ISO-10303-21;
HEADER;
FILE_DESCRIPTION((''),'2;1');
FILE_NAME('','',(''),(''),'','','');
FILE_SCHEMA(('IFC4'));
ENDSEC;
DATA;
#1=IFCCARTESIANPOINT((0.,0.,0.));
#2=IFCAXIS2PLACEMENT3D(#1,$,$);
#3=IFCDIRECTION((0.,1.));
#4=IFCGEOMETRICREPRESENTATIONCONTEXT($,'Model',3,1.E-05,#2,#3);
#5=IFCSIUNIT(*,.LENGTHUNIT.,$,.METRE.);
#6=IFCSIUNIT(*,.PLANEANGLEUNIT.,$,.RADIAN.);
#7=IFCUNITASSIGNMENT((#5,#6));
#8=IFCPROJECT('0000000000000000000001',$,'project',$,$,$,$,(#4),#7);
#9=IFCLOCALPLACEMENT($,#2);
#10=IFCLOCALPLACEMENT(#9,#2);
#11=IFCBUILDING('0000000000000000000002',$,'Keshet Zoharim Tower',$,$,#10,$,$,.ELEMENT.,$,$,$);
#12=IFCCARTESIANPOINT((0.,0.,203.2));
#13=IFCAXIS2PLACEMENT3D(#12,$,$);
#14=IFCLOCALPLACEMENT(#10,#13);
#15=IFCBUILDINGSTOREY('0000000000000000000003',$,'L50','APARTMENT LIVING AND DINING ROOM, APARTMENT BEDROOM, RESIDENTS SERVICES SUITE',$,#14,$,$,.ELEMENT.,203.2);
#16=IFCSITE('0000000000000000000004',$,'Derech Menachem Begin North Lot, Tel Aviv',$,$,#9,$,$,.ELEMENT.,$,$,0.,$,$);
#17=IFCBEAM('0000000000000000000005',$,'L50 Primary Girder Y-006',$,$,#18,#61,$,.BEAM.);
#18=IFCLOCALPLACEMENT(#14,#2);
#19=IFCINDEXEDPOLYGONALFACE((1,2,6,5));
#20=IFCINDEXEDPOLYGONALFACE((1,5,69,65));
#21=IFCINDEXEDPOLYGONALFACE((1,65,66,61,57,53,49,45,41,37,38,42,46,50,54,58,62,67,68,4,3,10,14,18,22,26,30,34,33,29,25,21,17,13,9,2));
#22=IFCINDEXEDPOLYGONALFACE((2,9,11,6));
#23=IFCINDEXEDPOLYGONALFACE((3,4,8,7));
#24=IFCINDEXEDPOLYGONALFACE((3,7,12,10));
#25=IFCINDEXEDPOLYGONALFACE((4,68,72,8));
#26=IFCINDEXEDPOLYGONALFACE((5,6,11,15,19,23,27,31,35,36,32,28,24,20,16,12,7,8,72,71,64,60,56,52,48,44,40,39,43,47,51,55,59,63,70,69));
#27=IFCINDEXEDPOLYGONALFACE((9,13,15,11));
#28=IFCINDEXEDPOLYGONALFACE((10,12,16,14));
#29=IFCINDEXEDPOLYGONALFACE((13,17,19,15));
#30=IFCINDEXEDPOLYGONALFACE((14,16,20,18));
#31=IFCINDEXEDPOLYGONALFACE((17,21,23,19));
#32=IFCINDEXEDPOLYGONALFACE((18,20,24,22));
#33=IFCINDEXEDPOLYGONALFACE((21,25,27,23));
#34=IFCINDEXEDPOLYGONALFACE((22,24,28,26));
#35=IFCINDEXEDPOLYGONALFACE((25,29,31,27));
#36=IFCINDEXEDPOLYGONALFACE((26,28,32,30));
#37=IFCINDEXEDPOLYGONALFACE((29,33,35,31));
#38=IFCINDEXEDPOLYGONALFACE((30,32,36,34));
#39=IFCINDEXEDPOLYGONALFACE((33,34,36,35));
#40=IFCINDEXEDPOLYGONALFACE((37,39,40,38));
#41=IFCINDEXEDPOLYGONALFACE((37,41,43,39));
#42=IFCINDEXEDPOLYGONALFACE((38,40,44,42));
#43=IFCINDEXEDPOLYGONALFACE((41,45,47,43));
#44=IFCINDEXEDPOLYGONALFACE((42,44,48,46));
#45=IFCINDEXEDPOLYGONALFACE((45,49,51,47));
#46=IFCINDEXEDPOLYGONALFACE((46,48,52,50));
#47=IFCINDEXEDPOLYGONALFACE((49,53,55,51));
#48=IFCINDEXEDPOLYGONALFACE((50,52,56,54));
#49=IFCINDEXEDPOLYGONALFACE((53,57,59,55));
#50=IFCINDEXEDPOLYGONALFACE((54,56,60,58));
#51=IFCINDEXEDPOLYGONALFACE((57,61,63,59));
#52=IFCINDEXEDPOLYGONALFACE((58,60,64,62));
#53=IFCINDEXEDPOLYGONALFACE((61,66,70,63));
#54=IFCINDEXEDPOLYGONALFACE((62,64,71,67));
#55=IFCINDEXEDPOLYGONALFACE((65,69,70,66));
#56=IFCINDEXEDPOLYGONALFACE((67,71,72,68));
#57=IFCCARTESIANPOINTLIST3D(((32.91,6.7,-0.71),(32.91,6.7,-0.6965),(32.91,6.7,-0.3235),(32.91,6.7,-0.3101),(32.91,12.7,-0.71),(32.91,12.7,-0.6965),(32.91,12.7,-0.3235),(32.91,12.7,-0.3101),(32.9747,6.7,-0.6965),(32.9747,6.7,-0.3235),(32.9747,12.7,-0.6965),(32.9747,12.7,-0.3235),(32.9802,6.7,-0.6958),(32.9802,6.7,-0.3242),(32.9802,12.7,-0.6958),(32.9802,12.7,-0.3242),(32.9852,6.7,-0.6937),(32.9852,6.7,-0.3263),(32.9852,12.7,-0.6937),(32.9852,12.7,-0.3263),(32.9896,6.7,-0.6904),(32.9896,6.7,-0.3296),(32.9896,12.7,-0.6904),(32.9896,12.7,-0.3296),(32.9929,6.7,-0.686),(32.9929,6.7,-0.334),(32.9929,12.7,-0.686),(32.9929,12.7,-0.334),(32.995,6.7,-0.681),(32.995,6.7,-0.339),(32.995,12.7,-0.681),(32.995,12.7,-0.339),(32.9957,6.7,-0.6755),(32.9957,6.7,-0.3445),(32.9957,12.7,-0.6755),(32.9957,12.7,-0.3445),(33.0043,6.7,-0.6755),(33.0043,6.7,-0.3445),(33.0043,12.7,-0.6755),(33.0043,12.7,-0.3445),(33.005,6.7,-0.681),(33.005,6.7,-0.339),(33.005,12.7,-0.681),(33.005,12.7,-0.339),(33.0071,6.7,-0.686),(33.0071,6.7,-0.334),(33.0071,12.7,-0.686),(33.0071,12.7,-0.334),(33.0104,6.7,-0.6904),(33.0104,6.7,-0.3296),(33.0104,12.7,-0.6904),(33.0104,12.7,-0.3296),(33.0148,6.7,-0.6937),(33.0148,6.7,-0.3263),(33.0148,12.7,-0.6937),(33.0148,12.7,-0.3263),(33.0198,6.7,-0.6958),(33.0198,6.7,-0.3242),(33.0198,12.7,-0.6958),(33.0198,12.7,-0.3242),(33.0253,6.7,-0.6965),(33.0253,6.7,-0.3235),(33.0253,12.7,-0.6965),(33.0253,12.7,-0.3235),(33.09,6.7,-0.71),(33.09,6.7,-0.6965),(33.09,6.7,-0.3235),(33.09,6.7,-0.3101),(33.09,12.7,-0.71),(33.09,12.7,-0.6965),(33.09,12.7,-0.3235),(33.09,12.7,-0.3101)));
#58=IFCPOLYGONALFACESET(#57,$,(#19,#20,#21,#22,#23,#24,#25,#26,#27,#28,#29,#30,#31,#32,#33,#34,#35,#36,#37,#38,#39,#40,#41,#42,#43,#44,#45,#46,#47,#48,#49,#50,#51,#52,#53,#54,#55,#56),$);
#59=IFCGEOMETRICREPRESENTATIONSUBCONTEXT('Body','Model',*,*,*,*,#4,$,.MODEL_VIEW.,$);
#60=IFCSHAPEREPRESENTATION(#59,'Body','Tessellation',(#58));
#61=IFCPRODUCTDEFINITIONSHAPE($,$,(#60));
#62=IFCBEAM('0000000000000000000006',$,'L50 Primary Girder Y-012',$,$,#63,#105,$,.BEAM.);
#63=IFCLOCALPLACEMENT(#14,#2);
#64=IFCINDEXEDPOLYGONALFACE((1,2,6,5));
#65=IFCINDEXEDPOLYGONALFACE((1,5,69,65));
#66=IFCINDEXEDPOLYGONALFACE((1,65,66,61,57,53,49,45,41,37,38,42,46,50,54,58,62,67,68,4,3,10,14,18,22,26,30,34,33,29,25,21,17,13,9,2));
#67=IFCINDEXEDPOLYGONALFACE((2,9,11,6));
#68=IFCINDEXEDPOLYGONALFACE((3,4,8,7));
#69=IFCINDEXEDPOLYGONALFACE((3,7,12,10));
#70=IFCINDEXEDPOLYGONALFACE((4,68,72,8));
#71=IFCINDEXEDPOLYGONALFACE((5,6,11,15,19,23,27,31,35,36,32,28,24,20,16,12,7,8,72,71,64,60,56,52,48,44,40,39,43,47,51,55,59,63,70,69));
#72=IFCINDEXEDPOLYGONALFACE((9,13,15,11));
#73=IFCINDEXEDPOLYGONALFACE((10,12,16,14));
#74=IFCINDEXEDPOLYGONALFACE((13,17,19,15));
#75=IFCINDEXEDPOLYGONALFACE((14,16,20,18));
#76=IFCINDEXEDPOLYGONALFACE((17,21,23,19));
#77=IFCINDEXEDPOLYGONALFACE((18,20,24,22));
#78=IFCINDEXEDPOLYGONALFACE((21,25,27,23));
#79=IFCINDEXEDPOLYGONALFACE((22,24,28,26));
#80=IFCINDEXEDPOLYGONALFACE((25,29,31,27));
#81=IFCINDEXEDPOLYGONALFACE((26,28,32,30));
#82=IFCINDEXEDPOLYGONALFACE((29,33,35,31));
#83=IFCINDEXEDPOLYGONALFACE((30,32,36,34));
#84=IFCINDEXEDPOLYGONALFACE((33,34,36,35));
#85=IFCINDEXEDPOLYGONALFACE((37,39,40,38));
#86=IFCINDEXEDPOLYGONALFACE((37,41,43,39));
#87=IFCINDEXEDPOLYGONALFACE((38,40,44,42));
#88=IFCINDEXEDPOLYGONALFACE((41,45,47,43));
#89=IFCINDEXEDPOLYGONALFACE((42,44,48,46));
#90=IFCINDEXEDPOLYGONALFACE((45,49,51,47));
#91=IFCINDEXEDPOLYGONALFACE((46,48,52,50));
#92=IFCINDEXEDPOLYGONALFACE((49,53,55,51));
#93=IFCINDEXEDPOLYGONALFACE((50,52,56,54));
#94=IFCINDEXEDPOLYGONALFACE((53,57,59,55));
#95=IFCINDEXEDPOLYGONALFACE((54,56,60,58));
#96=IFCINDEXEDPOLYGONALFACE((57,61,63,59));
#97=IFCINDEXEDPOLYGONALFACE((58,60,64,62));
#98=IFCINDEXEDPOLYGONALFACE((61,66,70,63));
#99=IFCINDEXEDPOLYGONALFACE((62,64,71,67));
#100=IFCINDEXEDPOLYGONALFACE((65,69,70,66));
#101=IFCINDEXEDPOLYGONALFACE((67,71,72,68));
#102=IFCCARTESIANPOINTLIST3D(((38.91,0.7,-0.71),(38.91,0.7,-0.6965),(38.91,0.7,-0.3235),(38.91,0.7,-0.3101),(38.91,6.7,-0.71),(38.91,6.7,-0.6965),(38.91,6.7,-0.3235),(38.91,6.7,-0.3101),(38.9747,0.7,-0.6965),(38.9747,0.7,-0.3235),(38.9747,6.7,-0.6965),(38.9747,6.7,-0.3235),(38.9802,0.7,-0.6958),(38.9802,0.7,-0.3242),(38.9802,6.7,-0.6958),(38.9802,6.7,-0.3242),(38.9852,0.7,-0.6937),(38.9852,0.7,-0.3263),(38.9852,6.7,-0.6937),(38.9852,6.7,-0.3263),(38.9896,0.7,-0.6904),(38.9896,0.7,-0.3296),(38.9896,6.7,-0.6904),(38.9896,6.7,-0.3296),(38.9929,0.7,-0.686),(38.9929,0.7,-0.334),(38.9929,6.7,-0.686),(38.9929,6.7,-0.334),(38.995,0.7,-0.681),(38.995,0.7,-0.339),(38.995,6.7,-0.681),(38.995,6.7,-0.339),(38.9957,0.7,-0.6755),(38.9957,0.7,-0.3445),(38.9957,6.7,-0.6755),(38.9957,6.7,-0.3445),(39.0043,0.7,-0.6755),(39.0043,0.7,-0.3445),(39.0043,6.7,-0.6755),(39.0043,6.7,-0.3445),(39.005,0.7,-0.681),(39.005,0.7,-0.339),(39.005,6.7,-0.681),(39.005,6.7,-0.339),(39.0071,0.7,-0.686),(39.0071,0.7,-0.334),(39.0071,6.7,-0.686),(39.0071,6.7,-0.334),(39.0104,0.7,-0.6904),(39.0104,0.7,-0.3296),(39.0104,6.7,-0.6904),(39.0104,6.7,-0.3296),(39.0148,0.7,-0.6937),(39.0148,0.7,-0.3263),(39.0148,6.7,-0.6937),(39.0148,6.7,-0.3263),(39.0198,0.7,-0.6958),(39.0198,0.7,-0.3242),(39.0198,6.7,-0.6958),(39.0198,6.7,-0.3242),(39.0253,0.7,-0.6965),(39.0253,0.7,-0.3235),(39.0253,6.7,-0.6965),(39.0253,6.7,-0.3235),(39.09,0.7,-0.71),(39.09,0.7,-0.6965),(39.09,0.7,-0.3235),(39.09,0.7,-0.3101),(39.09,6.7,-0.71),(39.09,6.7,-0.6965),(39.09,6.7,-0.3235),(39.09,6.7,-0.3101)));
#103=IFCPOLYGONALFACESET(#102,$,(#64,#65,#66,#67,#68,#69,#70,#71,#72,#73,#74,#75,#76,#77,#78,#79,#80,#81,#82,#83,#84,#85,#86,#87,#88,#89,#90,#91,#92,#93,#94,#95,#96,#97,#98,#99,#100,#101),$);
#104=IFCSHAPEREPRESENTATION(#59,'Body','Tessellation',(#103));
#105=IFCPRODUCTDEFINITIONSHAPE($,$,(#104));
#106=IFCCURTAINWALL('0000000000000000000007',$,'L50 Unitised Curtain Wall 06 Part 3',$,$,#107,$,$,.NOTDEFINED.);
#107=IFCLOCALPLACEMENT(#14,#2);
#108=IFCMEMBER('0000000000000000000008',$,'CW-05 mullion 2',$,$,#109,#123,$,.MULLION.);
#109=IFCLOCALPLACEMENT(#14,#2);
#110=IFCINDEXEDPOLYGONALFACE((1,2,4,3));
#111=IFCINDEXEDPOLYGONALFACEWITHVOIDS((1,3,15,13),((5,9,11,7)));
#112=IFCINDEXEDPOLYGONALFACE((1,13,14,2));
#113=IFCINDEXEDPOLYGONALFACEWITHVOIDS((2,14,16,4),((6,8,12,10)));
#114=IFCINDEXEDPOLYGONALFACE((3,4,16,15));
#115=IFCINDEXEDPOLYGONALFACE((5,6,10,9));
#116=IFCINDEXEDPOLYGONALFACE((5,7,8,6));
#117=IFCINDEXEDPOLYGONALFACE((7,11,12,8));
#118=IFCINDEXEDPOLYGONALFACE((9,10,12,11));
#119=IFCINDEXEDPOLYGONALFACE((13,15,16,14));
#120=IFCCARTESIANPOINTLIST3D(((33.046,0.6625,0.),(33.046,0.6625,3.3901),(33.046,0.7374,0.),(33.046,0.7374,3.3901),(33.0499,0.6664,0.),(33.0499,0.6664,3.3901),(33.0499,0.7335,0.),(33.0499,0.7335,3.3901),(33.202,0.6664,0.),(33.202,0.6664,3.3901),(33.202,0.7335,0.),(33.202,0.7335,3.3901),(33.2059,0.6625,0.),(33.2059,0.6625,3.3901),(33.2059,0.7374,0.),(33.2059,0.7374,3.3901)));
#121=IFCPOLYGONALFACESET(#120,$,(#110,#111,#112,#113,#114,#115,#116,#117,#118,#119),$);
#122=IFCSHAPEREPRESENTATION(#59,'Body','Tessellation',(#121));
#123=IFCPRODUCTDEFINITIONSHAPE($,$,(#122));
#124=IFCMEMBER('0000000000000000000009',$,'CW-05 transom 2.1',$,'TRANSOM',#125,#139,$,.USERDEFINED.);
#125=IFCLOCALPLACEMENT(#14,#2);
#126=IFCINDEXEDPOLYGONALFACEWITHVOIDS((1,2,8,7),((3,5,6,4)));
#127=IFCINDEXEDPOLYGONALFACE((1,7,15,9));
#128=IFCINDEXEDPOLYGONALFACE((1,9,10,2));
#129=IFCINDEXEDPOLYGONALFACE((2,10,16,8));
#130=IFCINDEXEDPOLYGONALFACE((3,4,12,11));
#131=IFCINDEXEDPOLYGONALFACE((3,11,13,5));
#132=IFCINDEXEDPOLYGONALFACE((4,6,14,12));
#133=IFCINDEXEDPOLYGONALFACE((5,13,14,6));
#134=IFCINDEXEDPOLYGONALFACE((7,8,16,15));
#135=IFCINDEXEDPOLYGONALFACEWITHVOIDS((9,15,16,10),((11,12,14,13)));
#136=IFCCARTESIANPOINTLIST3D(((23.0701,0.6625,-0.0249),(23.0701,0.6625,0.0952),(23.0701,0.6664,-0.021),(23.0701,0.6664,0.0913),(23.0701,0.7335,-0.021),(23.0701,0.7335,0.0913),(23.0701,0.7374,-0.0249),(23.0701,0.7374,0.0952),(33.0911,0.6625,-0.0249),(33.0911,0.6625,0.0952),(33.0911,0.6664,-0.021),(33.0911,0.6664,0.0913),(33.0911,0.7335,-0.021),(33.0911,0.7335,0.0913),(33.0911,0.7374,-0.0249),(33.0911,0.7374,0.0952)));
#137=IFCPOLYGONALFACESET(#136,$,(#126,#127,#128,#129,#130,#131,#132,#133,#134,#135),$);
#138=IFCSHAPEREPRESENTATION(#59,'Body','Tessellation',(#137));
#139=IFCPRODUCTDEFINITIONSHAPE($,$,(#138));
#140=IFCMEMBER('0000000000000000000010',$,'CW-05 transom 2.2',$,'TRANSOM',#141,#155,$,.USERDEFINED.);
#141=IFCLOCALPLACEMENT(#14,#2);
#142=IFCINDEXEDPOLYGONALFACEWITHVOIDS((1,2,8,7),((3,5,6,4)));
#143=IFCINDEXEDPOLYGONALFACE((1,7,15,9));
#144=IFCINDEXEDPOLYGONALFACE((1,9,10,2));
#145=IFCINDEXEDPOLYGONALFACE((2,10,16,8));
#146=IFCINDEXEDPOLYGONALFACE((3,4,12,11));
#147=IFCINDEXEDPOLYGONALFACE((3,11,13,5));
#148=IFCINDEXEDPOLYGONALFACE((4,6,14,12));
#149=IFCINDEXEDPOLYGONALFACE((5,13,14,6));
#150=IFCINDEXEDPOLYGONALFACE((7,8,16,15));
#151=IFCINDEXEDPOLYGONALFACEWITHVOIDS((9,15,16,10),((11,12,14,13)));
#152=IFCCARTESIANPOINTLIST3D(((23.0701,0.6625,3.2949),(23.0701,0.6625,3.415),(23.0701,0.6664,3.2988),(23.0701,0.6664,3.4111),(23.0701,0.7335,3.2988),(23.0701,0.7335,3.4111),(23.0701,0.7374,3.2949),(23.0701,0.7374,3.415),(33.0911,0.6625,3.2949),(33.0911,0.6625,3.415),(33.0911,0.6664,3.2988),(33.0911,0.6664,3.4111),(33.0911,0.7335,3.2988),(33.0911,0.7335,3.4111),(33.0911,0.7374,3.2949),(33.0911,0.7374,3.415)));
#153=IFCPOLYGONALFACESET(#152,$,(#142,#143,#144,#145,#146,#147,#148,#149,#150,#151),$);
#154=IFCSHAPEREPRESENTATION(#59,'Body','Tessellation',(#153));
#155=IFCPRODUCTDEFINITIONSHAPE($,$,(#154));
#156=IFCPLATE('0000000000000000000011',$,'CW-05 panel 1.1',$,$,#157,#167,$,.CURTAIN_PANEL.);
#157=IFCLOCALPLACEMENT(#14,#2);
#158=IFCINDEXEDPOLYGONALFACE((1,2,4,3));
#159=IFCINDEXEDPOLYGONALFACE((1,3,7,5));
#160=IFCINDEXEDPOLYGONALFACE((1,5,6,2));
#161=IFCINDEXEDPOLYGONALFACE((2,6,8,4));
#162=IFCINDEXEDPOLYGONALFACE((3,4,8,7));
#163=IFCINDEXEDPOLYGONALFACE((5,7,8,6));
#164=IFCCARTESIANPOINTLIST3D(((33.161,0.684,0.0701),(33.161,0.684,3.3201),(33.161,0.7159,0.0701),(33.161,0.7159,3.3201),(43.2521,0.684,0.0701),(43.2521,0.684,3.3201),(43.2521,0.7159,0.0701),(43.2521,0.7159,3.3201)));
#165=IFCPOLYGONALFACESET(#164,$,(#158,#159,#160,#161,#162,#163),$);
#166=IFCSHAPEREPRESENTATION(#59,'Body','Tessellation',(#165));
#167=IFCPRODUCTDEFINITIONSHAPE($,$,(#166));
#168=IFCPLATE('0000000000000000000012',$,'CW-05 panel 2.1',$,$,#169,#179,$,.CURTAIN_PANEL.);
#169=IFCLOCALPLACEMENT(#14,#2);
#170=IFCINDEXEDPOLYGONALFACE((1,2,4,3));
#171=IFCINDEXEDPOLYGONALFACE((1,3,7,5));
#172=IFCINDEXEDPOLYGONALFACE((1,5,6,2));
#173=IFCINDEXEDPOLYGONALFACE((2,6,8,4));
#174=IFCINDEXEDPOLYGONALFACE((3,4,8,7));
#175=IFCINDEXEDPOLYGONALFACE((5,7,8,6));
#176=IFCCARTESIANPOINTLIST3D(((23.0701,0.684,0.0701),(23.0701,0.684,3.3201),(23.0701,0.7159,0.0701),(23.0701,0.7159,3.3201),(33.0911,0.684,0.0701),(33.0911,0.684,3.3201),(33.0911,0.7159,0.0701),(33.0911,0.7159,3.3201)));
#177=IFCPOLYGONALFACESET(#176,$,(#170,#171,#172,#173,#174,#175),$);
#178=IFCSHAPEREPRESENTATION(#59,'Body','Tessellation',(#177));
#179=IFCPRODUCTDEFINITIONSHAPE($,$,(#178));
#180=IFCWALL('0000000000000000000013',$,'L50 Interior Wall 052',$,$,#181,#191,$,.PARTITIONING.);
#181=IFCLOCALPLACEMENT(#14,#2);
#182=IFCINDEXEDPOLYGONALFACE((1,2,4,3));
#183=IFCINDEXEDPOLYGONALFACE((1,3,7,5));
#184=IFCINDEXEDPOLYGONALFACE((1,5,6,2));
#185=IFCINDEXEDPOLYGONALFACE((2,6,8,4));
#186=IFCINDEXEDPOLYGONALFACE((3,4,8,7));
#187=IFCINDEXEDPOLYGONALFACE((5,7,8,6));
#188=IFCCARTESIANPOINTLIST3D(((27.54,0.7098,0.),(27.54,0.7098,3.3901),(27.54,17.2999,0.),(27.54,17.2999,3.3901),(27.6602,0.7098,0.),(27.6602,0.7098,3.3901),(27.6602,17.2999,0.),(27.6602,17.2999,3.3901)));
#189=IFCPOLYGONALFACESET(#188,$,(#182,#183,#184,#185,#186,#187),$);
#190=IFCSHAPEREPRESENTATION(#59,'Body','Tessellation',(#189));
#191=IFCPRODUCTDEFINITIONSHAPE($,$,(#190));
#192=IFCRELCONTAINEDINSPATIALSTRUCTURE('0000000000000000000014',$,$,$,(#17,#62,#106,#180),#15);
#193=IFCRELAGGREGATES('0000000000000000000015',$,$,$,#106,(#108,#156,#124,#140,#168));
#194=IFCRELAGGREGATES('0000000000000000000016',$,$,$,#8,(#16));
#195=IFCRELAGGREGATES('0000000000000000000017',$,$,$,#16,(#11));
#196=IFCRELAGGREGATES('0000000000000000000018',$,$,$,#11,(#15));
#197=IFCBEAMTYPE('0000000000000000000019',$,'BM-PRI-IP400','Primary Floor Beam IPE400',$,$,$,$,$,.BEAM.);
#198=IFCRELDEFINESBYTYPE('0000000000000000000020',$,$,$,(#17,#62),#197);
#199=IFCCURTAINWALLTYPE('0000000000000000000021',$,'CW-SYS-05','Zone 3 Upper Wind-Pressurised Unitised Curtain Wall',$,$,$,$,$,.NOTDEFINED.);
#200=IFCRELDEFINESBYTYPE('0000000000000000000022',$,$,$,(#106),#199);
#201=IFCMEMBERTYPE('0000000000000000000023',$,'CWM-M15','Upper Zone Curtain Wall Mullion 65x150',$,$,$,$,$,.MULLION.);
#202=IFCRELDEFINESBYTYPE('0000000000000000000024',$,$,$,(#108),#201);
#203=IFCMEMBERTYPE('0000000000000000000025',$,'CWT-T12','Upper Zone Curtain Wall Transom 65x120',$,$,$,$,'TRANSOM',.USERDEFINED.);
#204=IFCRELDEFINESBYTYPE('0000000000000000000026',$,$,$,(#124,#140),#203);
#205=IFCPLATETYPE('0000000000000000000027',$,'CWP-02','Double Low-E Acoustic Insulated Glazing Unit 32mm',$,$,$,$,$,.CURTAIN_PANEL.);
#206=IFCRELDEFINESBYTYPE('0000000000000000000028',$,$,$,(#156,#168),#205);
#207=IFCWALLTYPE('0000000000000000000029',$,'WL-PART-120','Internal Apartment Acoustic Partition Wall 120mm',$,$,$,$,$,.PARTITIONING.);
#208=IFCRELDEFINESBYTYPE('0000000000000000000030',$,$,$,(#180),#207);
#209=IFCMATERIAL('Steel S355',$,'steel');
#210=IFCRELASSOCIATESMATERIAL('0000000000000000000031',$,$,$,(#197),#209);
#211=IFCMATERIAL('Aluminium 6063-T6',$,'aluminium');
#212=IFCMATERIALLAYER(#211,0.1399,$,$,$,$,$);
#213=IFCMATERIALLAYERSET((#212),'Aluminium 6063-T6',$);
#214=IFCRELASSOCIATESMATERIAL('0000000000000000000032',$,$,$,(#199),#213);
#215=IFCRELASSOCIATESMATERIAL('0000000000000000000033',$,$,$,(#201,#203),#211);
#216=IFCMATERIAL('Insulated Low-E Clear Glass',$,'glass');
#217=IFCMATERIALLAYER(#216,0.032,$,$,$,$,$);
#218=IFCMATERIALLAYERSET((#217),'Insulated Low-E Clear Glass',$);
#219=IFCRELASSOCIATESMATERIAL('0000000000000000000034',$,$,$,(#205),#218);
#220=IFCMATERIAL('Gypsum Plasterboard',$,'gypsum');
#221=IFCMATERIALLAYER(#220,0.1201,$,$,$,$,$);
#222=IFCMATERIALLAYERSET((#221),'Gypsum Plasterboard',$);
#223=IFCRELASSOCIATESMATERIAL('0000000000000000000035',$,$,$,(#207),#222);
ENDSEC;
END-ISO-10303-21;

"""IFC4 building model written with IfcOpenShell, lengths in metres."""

from ifc_helpers import new_model, si_unit, direction, frame, frame_2d, origin, origin_2d, place, context, subcontext, project, spatial, rectangle, hollow_rectangle, i_section, extrude, material, layer, layer_set, material_profile, profile_set, type_object, element, aggregate, save


model = new_model("IFC4")

# Units and contexts
model_context = context("Model", 3, precision=1e-05, world=origin(), true_north=direction((0.0, 1.0)))
body_context = subcontext(model_context, "Body", "Model", "MODEL_VIEW")
ifc_project = project(units=[si_unit("LENGTHUNIT", "METRE"), si_unit("PLANEANGLEUNIT", "RADIAN")], contexts=[model_context])

# Site, building, storey
site_placement = place(None, origin())
site = spatial("IfcSite", under=ifc_project, at=site_placement, Name="Derech Menachem Begin North Lot, Tel Aviv", CompositionType="ELEMENT", RefElevation=0.0)
building_placement = place(site_placement, origin())
building = spatial("IfcBuilding", under=site, at=building_placement, Name="Keshet Zoharim Tower", CompositionType="ELEMENT")
storey_placement = place(building_placement, frame((0.0, 0.0, 203.2)))
storey = spatial("IfcBuildingStorey", under=building, at=storey_placement, Name="L50", Description="APARTMENT LIVING AND DINING ROOM, APARTMENT BEDROOM, RESIDENTS SERVICES SUITE", CompositionType="ELEMENT", Elevation=203.2)

# Shared definitions
ifc_material_1 = material(Name="Steel S355", Category="steel")

# Beams
ifc_material_profile_1 = material_profile(ifc_material_1, i_section(OverallWidth=0.1799, OverallDepth=0.3999, WebThickness=0.0085, FlangeThickness=0.0134, FilletRadius=0.021, at=origin_2d()), Name="IPE400")
ifc_profile_set_1 = profile_set([ifc_material_profile_1], Name="Steel S355")
beam_type_1 = type_object("IfcBeamType", Name="BM-PRI-IP400", Description="Primary Floor Beam IPE400", PredefinedType="BEAM", material=ifc_profile_set_1)
for number, where, z_axis, x_axis, name in (
    (1, (33.0, 6.7, -0.51), (0.0, 1.0, 0.0), (-1.0, 0.0, 0.0), "L50 Primary Girder Y-006"),
    (2, (39.0, 0.7, -0.51), (0.0, 1.0, 0.0), (-1.0, 0.0, 0.0), "L50 Primary Girder Y-012"),
):
    element("IfcBeam", number, at=place(storey_placement, frame(where, z_axis=z_axis, x_axis=x_axis)), inside=storey, type_object=beam_type_1, Name=name, PredefinedType="BEAM", context=body_context, shape_type="SweptSolid", body=[
        extrude(i_section(OverallWidth=0.1799, OverallDepth=0.3999, WebThickness=0.0085, FlangeThickness=0.0134, FilletRadius=0.021, at=origin_2d()), origin(), (0.0, 0.0, 1.0), 6.0),
    ])

# Curtain wall, members, plates
ifc_material_2 = material(Name="Aluminium 6063-T6", Category="aluminium")
ifc_layer_1 = layer(ifc_material_2, 0.1399)
ifc_layer_set_1 = layer_set([ifc_layer_1], Name="Aluminium 6063-T6")
curtain_wall_type = type_object("IfcCurtainWallType", Name="CW-SYS-05", Description="Zone 3 Upper Wind-Pressurised Unitised Curtain Wall", PredefinedType="NOTDEFINED", material=ifc_layer_set_1)
curtain_wall_placement = place(storey_placement, origin())
curtain_wall = element("IfcCurtainWall", 3, at=curtain_wall_placement, inside=storey, type_object=curtain_wall_type, Name="L50 Unitised Curtain Wall 06 Part 3", PredefinedType="NOTDEFINED")
ifc_material_profile_2 = material_profile(ifc_material_2, hollow_rectangle(XDim=0.075, YDim=0.1599, WallThickness=0.0039, at=origin_2d()), Name="MUL-75x160")
ifc_profile_set_2 = profile_set([ifc_material_profile_2], Name="Aluminium 6063-T6")
member_type_1 = type_object("IfcMemberType", Name="CWM-M15", Description="Upper Zone Curtain Wall Mullion 65x150", PredefinedType="MULLION", material=ifc_profile_set_2)
member_1_placement = place(storey_placement, frame((33.126, 0.7, 0.0), z_axis=(0.0, 0.0, 1.0), x_axis=(0.0, -1.0, 0.0)))
member_1 = element("IfcMember", 4, at=member_1_placement, type_object=member_type_1, Name="CW-05 mullion 2", PredefinedType="MULLION", context=body_context, shape_type="SweptSolid", body=[
    extrude(hollow_rectangle(XDim=0.075, YDim=0.1599, WallThickness=0.0039, at=origin_2d()), origin(), (0.0, 0.0, 1.0), 3.3901),
])
ifc_material_profile_3 = material_profile(ifc_material_2, hollow_rectangle(XDim=0.075, YDim=0.1201, WallThickness=0.0039, at=origin_2d()), Name="TRN-75x120")
ifc_profile_set_3 = profile_set([ifc_material_profile_3], Name="Aluminium 6063-T6")
member_type_2 = type_object("IfcMemberType", Name="CWT-T12", Description="Upper Zone Curtain Wall Transom 65x120", ElementType="TRANSOM", PredefinedType="USERDEFINED", material=ifc_profile_set_3)
member_2_placement = place(storey_placement, frame((33.0911, 0.7, 0.0352), z_axis=(-1.0, 0.0, 0.0), x_axis=(0.0, -1.0, 0.0)))
member_2 = element("IfcMember", 5, at=member_2_placement, type_object=member_type_2, Name="CW-05 transom 2.1", ObjectType="TRANSOM", PredefinedType="USERDEFINED", context=body_context, shape_type="SweptSolid", body=[
    extrude(hollow_rectangle(XDim=0.075, YDim=0.1201, WallThickness=0.0039, at=origin_2d()), origin(), (0.0, 0.0, 1.0), 10.021),
])
member_3_placement = place(storey_placement, frame((33.0911, 0.7, 3.355), z_axis=(-1.0, 0.0, 0.0), x_axis=(0.0, -1.0, 0.0)))
member_3 = element("IfcMember", 6, at=member_3_placement, type_object=member_type_2, Name="CW-05 transom 2.2", ObjectType="TRANSOM", PredefinedType="USERDEFINED", context=body_context, shape_type="SweptSolid", body=[
    extrude(hollow_rectangle(XDim=0.075, YDim=0.1201, WallThickness=0.0039, at=origin_2d()), origin(), (0.0, 0.0, 1.0), 10.021),
])
ifc_material_3 = material(Name="Insulated Low-E Clear Glass", Category="glass")
ifc_layer_2 = layer(ifc_material_3, 0.032)
ifc_layer_set_2 = layer_set([ifc_layer_2], Name="Insulated Low-E Clear Glass")
plate_type = type_object("IfcPlateType", Name="CWP-02", Description="Double Low-E Acoustic Insulated Glazing Unit 32mm", PredefinedType="CURTAIN_PANEL", material=ifc_layer_set_2)
plate_1_placement = place(storey_placement, frame((38.2065, 0.7, 0.0701), z_axis=(0.0, 0.0, 1.0), x_axis=(-1.0, 0.0, 0.0)))
plate_1 = element("IfcPlate", 7, at=plate_1_placement, type_object=plate_type, Name="CW-05 panel 1.1", PredefinedType="CURTAIN_PANEL", context=body_context, shape_type="SweptSolid", body=[
    extrude(rectangle(XDim=10.0911, YDim=0.032, at=origin_2d()), origin(), (0.0, 0.0, 1.0), 3.25),
])
plate_2_placement = place(storey_placement, frame((28.0806, 0.7, 0.0701), z_axis=(0.0, 0.0, 1.0), x_axis=(-1.0, 0.0, 0.0)))
plate_2 = element("IfcPlate", 8, at=plate_2_placement, type_object=plate_type, Name="CW-05 panel 2.1", PredefinedType="CURTAIN_PANEL", context=body_context, shape_type="SweptSolid", body=[
    extrude(rectangle(XDim=10.021, YDim=0.032, at=origin_2d()), origin(), (0.0, 0.0, 1.0), 3.25),
])
aggregate(curtain_wall, [member_1, plate_1, member_2, member_3, plate_2])

# Wall
ifc_material_4 = material(Name="Gypsum Plasterboard", Category="gypsum")
ifc_layer_3 = layer(ifc_material_4, 0.1201)
ifc_layer_set_3 = layer_set([ifc_layer_3], Name="Gypsum Plasterboard")
wall_type = type_object("IfcWallType", Name="WL-PART-120", Description="Internal Apartment Acoustic Partition Wall 120mm", PredefinedType="PARTITIONING", material=ifc_layer_set_3)
wall_1_placement = place(storey_placement, frame((27.6001, 0.71, 0.0), z_axis=(0.0, 0.0, 1.0), x_axis=(0.0, 1.0, 0.0)))
element("IfcWall", 9, at=wall_1_placement, inside=storey, type_object=wall_type, Name="L50 Interior Wall 052", PredefinedType="PARTITIONING", context=body_context, shape_type="SweptSolid", body=[
    extrude(rectangle(XDim=16.5901, YDim=0.1201, at=frame_2d((8.2949, 0.0))), origin(), (0.0, 0.0, 1.0), 3.3901),
])

save(model, "model.ifc")
